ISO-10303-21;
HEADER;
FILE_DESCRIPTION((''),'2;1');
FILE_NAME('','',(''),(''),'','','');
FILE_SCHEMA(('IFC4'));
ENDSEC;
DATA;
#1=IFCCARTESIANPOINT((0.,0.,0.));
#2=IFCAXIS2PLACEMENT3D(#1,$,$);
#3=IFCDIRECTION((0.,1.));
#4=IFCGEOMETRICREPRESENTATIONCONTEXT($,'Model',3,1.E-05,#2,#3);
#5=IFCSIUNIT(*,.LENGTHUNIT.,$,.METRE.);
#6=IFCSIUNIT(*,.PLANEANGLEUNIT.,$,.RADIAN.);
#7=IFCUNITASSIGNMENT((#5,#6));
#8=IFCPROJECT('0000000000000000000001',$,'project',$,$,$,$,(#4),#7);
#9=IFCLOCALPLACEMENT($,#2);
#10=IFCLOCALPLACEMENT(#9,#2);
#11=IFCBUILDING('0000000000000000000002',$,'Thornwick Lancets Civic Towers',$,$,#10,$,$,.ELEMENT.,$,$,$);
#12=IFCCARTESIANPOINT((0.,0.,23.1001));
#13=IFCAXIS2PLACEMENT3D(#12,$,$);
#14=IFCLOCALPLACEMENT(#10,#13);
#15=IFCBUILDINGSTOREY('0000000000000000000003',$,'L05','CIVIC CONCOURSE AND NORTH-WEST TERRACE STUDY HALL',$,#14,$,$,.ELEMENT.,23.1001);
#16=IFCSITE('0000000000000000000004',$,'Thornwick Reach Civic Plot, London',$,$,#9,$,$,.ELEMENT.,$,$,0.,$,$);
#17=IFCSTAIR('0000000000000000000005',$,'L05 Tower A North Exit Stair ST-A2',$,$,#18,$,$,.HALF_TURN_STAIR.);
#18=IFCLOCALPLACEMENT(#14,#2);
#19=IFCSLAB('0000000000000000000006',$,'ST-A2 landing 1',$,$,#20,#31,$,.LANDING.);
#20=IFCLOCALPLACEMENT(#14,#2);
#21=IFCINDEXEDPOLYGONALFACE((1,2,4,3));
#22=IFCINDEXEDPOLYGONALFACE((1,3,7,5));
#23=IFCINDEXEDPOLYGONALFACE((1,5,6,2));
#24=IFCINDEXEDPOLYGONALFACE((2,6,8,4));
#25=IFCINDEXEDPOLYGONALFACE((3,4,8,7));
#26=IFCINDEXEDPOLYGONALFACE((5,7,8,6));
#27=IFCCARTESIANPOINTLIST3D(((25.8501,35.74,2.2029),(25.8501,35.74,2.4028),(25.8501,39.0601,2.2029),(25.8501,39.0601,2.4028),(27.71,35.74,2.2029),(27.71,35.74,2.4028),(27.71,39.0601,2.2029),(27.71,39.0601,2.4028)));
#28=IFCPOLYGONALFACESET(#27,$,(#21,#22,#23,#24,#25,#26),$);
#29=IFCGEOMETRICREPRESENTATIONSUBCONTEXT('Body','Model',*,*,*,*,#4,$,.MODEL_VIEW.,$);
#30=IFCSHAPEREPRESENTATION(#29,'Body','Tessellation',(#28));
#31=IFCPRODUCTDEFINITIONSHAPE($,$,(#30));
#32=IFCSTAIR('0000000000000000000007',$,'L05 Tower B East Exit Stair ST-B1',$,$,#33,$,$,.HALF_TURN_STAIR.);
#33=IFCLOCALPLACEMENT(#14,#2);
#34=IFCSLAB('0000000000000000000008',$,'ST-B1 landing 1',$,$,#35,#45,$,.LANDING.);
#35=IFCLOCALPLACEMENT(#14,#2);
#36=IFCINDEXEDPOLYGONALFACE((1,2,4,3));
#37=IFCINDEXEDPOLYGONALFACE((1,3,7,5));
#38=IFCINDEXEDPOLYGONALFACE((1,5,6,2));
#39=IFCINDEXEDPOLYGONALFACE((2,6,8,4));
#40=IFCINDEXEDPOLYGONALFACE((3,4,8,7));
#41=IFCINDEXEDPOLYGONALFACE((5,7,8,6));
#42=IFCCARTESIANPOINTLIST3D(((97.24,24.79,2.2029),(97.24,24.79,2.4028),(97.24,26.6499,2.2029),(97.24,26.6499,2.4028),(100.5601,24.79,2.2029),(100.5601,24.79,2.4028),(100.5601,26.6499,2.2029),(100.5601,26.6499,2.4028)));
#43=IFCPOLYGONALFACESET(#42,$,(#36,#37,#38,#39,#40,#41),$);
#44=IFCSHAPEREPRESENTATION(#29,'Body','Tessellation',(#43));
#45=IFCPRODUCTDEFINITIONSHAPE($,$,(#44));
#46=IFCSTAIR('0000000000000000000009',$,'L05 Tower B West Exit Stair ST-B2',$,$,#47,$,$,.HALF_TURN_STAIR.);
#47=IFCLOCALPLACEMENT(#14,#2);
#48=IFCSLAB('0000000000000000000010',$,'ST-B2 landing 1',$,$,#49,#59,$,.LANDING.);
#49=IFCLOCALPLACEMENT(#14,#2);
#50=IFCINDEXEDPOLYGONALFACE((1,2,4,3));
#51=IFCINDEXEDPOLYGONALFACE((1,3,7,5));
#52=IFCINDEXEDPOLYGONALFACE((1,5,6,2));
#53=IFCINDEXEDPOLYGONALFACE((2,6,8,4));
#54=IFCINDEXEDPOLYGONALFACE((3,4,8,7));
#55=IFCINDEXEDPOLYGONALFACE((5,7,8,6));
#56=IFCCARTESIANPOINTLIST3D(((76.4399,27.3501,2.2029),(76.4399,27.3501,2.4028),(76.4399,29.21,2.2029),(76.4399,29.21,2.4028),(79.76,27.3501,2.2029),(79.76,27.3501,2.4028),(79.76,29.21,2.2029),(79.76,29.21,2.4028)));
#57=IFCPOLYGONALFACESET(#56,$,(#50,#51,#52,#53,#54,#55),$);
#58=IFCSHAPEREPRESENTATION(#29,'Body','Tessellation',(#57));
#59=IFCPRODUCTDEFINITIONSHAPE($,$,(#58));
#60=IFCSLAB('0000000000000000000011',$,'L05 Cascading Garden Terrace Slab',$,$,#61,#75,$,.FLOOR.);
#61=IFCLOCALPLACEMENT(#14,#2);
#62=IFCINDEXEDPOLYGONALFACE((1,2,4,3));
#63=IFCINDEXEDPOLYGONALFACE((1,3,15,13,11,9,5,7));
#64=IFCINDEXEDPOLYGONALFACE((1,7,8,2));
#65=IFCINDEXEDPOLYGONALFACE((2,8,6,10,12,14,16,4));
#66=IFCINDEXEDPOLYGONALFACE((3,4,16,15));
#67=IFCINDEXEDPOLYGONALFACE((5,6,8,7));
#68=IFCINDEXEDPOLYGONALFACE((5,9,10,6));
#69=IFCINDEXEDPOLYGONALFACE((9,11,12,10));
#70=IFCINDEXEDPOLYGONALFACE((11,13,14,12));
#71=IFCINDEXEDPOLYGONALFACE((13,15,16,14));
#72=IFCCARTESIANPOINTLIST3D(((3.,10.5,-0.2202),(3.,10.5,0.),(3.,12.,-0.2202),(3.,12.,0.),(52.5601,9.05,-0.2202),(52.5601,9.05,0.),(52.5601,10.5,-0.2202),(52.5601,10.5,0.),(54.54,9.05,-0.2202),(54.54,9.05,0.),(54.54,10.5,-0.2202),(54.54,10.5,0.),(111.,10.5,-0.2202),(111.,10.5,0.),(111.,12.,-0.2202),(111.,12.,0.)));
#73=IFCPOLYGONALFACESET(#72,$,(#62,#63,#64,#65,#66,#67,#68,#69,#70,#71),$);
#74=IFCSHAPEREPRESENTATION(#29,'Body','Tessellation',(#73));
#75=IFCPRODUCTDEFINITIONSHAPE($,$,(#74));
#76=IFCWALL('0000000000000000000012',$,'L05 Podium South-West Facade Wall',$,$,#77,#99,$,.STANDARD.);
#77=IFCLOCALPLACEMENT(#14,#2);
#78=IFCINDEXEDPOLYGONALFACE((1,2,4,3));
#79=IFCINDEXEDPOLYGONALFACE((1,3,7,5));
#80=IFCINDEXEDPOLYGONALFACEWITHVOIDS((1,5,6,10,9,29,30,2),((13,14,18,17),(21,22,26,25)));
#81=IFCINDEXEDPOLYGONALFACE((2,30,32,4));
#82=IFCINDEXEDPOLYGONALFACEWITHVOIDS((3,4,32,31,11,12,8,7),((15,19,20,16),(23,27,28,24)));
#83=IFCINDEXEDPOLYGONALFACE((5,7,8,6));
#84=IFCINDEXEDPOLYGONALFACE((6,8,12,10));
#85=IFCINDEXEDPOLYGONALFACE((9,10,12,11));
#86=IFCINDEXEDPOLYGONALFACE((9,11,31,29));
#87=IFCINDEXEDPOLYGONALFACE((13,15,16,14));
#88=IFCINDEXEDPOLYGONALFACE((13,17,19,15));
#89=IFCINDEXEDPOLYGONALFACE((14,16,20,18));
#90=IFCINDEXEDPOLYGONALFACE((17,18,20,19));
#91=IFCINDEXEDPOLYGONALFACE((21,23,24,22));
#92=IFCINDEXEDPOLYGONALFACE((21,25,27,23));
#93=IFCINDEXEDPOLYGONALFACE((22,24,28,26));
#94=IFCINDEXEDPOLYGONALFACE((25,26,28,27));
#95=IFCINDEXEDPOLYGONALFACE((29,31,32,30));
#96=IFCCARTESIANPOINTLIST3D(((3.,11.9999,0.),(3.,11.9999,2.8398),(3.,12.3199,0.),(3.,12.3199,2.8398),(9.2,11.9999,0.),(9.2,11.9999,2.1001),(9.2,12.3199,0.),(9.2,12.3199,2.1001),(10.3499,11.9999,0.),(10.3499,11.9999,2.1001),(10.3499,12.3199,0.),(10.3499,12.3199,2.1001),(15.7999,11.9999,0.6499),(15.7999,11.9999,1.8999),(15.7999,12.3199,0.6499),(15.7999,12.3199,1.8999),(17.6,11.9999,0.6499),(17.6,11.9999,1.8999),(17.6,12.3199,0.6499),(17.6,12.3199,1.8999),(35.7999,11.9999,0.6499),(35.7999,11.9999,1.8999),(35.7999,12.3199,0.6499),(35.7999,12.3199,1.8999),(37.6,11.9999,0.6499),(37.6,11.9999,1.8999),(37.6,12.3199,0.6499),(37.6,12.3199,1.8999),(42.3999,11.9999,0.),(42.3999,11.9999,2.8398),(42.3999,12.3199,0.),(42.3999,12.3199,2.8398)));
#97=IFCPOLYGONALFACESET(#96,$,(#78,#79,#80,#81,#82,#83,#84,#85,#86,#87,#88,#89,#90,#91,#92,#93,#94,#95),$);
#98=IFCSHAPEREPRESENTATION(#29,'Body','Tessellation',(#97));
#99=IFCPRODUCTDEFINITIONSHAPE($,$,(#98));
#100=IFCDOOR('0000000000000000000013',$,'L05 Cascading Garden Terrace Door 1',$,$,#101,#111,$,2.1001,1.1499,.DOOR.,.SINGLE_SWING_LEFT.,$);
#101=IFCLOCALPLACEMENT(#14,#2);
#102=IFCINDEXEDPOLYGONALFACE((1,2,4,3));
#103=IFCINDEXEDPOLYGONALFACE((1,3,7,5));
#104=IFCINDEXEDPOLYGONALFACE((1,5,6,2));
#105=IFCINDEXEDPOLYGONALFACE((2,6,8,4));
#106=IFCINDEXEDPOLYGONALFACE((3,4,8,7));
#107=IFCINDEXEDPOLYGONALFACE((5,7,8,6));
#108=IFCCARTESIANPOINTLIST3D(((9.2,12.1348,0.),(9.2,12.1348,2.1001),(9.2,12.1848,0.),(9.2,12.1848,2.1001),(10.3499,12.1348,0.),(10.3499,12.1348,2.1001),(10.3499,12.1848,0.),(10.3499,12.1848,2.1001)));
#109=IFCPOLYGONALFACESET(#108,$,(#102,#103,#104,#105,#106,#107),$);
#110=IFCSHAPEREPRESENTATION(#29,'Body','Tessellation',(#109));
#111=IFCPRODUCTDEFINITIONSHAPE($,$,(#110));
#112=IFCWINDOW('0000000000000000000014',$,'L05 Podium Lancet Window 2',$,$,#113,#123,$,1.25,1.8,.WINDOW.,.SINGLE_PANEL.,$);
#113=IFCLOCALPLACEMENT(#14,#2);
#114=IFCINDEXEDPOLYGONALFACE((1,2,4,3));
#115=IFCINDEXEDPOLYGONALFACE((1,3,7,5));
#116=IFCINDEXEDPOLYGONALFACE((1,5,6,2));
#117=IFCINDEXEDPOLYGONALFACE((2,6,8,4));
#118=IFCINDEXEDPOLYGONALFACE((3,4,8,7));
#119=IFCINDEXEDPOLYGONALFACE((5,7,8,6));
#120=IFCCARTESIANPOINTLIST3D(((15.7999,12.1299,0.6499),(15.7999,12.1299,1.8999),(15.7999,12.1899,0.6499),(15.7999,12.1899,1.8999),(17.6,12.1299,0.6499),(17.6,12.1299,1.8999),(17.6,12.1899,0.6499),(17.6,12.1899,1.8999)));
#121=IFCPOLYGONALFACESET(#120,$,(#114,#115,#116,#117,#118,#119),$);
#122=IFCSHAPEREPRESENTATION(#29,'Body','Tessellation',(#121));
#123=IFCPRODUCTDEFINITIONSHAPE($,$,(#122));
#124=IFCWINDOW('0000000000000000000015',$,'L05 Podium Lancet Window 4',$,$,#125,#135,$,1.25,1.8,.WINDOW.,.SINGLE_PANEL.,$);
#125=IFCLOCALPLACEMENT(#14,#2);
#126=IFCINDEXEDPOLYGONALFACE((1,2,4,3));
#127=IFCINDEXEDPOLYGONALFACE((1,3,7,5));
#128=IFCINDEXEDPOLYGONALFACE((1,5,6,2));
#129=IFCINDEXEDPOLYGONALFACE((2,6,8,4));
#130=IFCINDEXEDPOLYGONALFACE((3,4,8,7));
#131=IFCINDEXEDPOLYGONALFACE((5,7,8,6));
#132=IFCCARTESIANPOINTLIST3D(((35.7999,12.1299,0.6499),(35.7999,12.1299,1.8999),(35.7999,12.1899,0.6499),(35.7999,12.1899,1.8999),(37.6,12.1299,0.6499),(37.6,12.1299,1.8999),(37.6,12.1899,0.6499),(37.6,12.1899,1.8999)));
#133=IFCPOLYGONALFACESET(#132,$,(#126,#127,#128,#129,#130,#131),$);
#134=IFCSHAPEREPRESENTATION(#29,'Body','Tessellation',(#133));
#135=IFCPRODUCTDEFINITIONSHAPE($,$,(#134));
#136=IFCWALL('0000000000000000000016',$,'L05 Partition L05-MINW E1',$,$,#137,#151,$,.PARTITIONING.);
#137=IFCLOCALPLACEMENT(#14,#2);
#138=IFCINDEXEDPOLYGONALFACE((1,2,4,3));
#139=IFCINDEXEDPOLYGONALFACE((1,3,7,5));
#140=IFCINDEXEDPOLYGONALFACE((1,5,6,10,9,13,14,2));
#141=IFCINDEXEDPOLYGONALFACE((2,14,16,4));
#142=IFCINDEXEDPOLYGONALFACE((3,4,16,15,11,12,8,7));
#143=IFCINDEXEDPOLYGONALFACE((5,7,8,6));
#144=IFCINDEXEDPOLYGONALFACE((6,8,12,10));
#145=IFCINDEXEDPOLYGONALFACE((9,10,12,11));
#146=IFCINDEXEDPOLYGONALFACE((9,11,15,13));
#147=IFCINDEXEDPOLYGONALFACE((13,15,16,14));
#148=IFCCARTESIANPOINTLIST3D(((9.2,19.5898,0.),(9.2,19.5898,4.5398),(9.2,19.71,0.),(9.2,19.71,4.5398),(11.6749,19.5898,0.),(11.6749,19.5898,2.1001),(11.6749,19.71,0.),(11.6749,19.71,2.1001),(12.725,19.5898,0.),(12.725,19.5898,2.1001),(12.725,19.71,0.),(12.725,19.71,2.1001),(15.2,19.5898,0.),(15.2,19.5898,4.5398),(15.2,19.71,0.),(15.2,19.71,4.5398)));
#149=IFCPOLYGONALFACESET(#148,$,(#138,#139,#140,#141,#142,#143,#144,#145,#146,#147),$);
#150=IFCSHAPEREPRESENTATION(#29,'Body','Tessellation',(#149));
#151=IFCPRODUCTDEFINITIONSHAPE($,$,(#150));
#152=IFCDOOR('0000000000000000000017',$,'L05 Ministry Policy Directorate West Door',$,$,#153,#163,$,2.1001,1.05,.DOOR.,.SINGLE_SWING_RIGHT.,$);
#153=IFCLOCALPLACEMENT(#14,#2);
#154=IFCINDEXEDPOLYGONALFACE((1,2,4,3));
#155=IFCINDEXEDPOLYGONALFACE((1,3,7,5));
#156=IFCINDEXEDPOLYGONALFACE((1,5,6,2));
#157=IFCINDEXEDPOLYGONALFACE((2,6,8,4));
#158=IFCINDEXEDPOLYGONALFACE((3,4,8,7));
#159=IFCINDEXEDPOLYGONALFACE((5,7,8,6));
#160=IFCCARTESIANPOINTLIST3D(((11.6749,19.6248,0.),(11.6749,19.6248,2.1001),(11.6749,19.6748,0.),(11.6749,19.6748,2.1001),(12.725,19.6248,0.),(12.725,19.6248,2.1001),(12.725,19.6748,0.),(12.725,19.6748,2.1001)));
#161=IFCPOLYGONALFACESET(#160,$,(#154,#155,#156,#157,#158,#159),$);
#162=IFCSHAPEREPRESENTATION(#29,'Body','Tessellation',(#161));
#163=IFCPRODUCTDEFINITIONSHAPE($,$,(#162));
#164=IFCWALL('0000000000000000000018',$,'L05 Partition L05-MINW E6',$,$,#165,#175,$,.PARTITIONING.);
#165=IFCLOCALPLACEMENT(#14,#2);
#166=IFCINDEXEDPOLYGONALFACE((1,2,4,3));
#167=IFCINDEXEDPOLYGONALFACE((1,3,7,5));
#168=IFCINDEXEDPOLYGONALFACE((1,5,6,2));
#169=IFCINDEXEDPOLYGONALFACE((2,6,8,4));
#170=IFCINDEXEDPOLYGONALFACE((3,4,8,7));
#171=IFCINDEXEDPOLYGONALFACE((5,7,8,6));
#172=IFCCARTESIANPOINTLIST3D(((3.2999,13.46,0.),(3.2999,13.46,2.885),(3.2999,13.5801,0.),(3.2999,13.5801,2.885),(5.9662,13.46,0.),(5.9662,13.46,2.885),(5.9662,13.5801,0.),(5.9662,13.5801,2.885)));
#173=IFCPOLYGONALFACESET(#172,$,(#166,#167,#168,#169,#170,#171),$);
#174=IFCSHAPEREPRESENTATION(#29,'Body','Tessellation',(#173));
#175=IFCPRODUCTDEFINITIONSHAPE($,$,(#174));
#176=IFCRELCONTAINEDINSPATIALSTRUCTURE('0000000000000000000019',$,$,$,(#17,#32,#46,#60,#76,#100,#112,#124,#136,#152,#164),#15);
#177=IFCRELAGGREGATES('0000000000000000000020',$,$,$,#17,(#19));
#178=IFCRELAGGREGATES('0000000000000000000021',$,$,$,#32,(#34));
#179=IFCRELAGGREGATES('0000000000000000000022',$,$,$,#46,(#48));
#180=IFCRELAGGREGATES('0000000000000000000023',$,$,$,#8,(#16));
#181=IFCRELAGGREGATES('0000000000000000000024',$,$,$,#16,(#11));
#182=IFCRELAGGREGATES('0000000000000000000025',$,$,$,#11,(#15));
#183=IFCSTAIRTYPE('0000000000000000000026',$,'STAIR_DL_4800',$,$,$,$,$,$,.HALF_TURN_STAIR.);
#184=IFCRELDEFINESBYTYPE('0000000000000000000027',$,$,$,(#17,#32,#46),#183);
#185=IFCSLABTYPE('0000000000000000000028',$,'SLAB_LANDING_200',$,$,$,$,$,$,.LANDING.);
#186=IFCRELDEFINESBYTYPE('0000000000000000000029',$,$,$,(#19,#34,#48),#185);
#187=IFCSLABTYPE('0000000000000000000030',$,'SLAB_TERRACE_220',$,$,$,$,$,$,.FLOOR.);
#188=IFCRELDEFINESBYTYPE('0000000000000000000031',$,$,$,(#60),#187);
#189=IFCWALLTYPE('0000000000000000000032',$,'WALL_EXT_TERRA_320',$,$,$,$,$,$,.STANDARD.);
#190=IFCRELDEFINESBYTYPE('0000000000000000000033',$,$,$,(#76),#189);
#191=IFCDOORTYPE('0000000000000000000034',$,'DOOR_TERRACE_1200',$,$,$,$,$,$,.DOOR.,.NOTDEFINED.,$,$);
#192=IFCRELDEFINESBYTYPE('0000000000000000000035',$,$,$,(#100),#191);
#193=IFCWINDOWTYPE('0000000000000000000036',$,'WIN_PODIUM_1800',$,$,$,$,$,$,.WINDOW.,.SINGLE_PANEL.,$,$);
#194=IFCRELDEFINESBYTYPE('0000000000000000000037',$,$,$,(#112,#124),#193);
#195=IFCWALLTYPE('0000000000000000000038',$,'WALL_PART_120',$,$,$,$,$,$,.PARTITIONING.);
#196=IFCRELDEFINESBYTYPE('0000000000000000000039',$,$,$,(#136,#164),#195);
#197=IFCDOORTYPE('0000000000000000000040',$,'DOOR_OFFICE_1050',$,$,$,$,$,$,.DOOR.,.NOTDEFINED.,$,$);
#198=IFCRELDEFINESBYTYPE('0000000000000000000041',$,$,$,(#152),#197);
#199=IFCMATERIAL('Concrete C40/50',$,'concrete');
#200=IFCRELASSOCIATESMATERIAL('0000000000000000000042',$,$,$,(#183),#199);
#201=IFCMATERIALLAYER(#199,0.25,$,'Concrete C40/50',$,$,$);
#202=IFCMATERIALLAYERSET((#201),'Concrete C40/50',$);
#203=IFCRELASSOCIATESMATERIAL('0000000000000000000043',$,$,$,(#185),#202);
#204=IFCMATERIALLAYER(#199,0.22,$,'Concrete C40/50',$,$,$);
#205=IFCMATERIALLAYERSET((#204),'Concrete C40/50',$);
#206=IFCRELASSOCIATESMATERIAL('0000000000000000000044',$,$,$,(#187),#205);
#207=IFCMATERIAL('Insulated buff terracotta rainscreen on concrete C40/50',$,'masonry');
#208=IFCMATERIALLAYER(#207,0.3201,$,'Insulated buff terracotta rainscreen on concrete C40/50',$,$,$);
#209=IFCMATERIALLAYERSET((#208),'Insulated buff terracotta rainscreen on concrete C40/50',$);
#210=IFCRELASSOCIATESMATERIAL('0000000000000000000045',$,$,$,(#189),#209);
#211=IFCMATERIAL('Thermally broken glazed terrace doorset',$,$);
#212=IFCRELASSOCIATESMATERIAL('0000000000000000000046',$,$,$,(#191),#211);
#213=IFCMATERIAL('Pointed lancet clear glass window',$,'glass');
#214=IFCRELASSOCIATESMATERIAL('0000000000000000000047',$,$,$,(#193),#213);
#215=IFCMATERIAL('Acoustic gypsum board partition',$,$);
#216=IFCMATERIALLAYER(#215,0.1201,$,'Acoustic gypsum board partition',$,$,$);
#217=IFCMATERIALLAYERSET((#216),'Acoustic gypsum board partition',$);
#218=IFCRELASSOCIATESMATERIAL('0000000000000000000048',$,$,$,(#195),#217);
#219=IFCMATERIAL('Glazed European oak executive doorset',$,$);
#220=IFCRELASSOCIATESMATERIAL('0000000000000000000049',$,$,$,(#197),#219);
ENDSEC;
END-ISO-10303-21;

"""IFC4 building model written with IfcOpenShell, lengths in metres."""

from ifc_helpers import new_model, si_unit, direction, frame, frame_2d, origin, place, context, subcontext, project, spatial, polyline, rectangle, outline, extrude, material, layer, layer_set, type_object, element, fill, aggregate, save


model = new_model("IFC4")

# Units and contexts
model_context = context("Model", 3, precision=1e-05, world=origin(), true_north=direction((0.0, 1.0)))
body_context = subcontext(model_context, "Body", "Model", "MODEL_VIEW")
ifc_project = project(units=[si_unit("LENGTHUNIT", "METRE"), si_unit("PLANEANGLEUNIT", "RADIAN")], contexts=[model_context])

# Site, building, storey
site_placement = place(None, origin())
site = spatial("IfcSite", under=ifc_project, at=site_placement, Name="Thornwick Reach Civic Plot, London", CompositionType="ELEMENT", RefElevation=0.0)
building_placement = place(site_placement, origin())
building = spatial("IfcBuilding", under=site, at=building_placement, Name="Thornwick Lancets Civic Towers", CompositionType="ELEMENT")
storey_placement = place(building_placement, frame((0.0, 0.0, 23.1001)))
storey = spatial("IfcBuildingStorey", under=building, at=storey_placement, Name="L05", Description="CIVIC CONCOURSE AND NORTH-WEST TERRACE STUDY HALL", CompositionType="ELEMENT", Elevation=23.1001)

# Shared definitions
ifc_material_1 = material(Name="Concrete C40/50", Category="concrete")

# Stairs, slabs
stair_type = type_object("IfcStairType", Name="STAIR_DL_4800", PredefinedType="HALF_TURN_STAIR", material=ifc_material_1)
ifc_layer_1 = layer(ifc_material_1, 0.25, Name="Concrete C40/50")
ifc_layer_set_1 = layer_set([ifc_layer_1], Name="Concrete C40/50")
slab_type_1 = type_object("IfcSlabType", Name="SLAB_LANDING_200", PredefinedType="LANDING", material=ifc_layer_set_1)
stair_1_placement = place(storey_placement, origin())
stair_1 = element("IfcStair", 1, at=stair_1_placement, inside=storey, type_object=stair_type, Name="L05 Tower A North Exit Stair ST-A2", PredefinedType="HALF_TURN_STAIR")
slab_1_placement = place(storey_placement, frame((0.0, 0.0, 2.2029)))
slab_1 = element("IfcSlab", 2, at=slab_1_placement, type_object=slab_type_1, Name="ST-A2 landing 1", PredefinedType="LANDING", context=body_context, shape_type="SweptSolid", body=[
    extrude(outline(polyline([(27.71, 39.0601), (25.8501, 39.0601), (25.8501, 35.74), (27.71, 35.74), (27.71, 39.0601)])), origin(), (0.0, 0.0, 1.0), 0.2),
])
aggregate(stair_1, [slab_1])
stair_2_placement = place(storey_placement, origin())
stair_2 = element("IfcStair", 3, at=stair_2_placement, inside=storey, type_object=stair_type, Name="L05 Tower B East Exit Stair ST-B1", PredefinedType="HALF_TURN_STAIR")
slab_2_placement = place(storey_placement, frame((0.0, 0.0, 2.2029)))
slab_2 = element("IfcSlab", 4, at=slab_2_placement, type_object=slab_type_1, Name="ST-B1 landing 1", PredefinedType="LANDING", context=body_context, shape_type="SweptSolid", body=[
    extrude(outline(polyline([(100.5601, 24.79), (100.5601, 26.6499), (97.24, 26.6499), (97.24, 24.79), (100.5601, 24.79)])), origin(), (0.0, 0.0, 1.0), 0.2),
])
aggregate(stair_2, [slab_2])
stair_3_placement = place(storey_placement, origin())
stair_3 = element("IfcStair", 5, at=stair_3_placement, inside=storey, type_object=stair_type, Name="L05 Tower B West Exit Stair ST-B2", PredefinedType="HALF_TURN_STAIR")
slab_3_placement = place(storey_placement, frame((0.0, 0.0, 2.2029)))
slab_3 = element("IfcSlab", 6, at=slab_3_placement, type_object=slab_type_1, Name="ST-B2 landing 1", PredefinedType="LANDING", context=body_context, shape_type="SweptSolid", body=[
    extrude(outline(polyline([(76.4399, 29.21), (76.4399, 27.3501), (79.76, 27.3501), (79.76, 29.21), (76.4399, 29.21)])), origin(), (0.0, 0.0, 1.0), 0.2),
])
aggregate(stair_3, [slab_3])

# Slab
ifc_layer_2 = layer(ifc_material_1, 0.22, Name="Concrete C40/50")
ifc_layer_set_2 = layer_set([ifc_layer_2], Name="Concrete C40/50")
slab_type_2 = type_object("IfcSlabType", Name="SLAB_TERRACE_220", PredefinedType="FLOOR", material=ifc_layer_set_2)
slab_4_placement = place(storey_placement, frame((0.0, 0.0, -0.2202)))
element("IfcSlab", 7, at=slab_4_placement, inside=storey, type_object=slab_type_2, Name="L05 Cascading Garden Terrace Slab", PredefinedType="FLOOR", context=body_context, shape_type="SweptSolid", body=[
    extrude(outline(polyline([(3.0, 10.5), (3.0, 12.0), (111.0, 12.0), (111.0, 10.5), (54.54, 10.5), (54.54, 9.05), (52.5601, 9.05), (52.5601, 10.5), (3.0, 10.5)])), origin(), (0.0, 0.0, 1.0), 0.2202),
])

# Wall, openings, door, windows
ifc_material_2 = material(Name="Insulated buff terracotta rainscreen on concrete C40/50", Category="masonry")
ifc_layer_3 = layer(ifc_material_2, 0.3201, Name="Insulated buff terracotta rainscreen on concrete C40/50")
ifc_layer_set_3 = layer_set([ifc_layer_3], Name="Insulated buff terracotta rainscreen on concrete C40/50")
wall_type_1 = type_object("IfcWallType", Name="WALL_EXT_TERRA_320", PredefinedType="STANDARD", material=ifc_layer_set_3)
wall_1_placement = place(storey_placement, frame((3.0, 12.1599, 0.0), z_axis=(0.0, 0.0, 1.0), x_axis=(1.0, 0.0, 0.0)))
wall_1 = element("IfcWall", 8, at=wall_1_placement, inside=storey, type_object=wall_type_1, Name="L05 Podium South-West Facade Wall", PredefinedType="STANDARD", context=body_context, shape_type="SweptSolid", body=[
    extrude(rectangle(XDim=39.3999, YDim=0.3201, at=frame_2d((19.7, 0.0))), origin(), (0.0, 0.0, 1.0), 2.8398),
])
opening_1_placement = place(wall_1_placement, frame((6.2, 0.0, 0.0)))
opening_1 = element("IfcOpeningElement", 9, at=opening_1_placement, cuts=wall_1, PredefinedType="OPENING", context=body_context, shape_type="SweptSolid", body=[
    extrude(rectangle(XDim=1.1499, YDim=2.1001, at=frame_2d((0.575, 1.05))), frame((0.0, 0.1699, 0.0), z_axis=(0.0, -1.0, 0.0), x_axis=(1.0, 0.0, 0.0)), (0.0, 0.0, 1.0), 0.3401),
])
opening_2_placement = place(wall_1_placement, frame((12.8, 0.0, 0.6499)))
opening_2 = element("IfcOpeningElement", 10, at=opening_2_placement, cuts=wall_1, PredefinedType="OPENING", context=body_context, shape_type="SweptSolid", body=[
    extrude(rectangle(XDim=1.8, YDim=1.25, at=frame_2d((0.8999, 0.625))), frame((0.0, 0.1699, 0.0), z_axis=(0.0, -1.0, 0.0), x_axis=(1.0, 0.0, 0.0)), (0.0, 0.0, 1.0), 0.3401),
])
opening_3_placement = place(wall_1_placement, frame((32.8, 0.0, 0.6499)))
opening_3 = element("IfcOpeningElement", 11, at=opening_3_placement, cuts=wall_1, PredefinedType="OPENING", context=body_context, shape_type="SweptSolid", body=[
    extrude(rectangle(XDim=1.8, YDim=1.25, at=frame_2d((0.8999, 0.625))), frame((0.0, 0.1699, 0.0), z_axis=(0.0, -1.0, 0.0), x_axis=(1.0, 0.0, 0.0)), (0.0, 0.0, 1.0), 0.3401),
])
ifc_material_3 = material(Name="Thermally broken glazed terrace doorset")
door_type_1 = type_object("IfcDoorType", Name="DOOR_TERRACE_1200", OperationType="NOTDEFINED", PredefinedType="DOOR", material=ifc_material_3)
door_1_placement = place(opening_1_placement, origin())
door_1 = element("IfcDoor", 12, at=door_1_placement, inside=storey, type_object=door_type_1, Name="L05 Cascading Garden Terrace Door 1", OperationType="SINGLE_SWING_LEFT", OverallHeight=2.1001, OverallWidth=1.1499, PredefinedType="DOOR", context=body_context, shape_type="SweptSolid", body=[
    extrude(rectangle(XDim=1.1499, YDim=2.1001, at=frame_2d((0.575, 1.05))), frame((0.0, 0.0249, 0.0), z_axis=(0.0, -1.0, 0.0), x_axis=(1.0, 0.0, 0.0)), (0.0, 0.0, 1.0), 0.05),
])
fill(opening_1, door_1)
ifc_material_4 = material(Name="Pointed lancet clear glass window", Category="glass")
window_type = type_object("IfcWindowType", Name="WIN_PODIUM_1800", PartitioningType="SINGLE_PANEL", PredefinedType="WINDOW", material=ifc_material_4)
window_1_placement = place(opening_2_placement, origin())
window_1 = element("IfcWindow", 13, at=window_1_placement, inside=storey, type_object=window_type, Name="L05 Podium Lancet Window 2", OverallHeight=1.25, OverallWidth=1.8, PartitioningType="SINGLE_PANEL", PredefinedType="WINDOW", context=body_context, shape_type="SweptSolid", body=[
    extrude(rectangle(XDim=1.8, YDim=1.25, at=frame_2d((0.8999, 0.625))), frame((0.0, 0.03, 0.0), z_axis=(0.0, -1.0, 0.0), x_axis=(1.0, 0.0, 0.0)), (0.0, 0.0, 1.0), 0.0601),
])
fill(opening_2, window_1)
window_2_placement = place(opening_3_placement, origin())
window_2 = element("IfcWindow", 14, at=window_2_placement, inside=storey, type_object=window_type, Name="L05 Podium Lancet Window 4", OverallHeight=1.25, OverallWidth=1.8, PartitioningType="SINGLE_PANEL", PredefinedType="WINDOW", context=body_context, shape_type="SweptSolid", body=[
    extrude(rectangle(XDim=1.8, YDim=1.25, at=frame_2d((0.8999, 0.625))), frame((0.0, 0.03, 0.0), z_axis=(0.0, -1.0, 0.0), x_axis=(1.0, 0.0, 0.0)), (0.0, 0.0, 1.0), 0.0601),
])
fill(opening_3, window_2)

# Wall, opening, door
ifc_material_5 = material(Name="Acoustic gypsum board partition")
ifc_layer_4 = layer(ifc_material_5, 0.1201, Name="Acoustic gypsum board partition")
ifc_layer_set_4 = layer_set([ifc_layer_4], Name="Acoustic gypsum board partition")
wall_type_2 = type_object("IfcWallType", Name="WALL_PART_120", PredefinedType="PARTITIONING", material=ifc_layer_set_4)
wall_2_placement = place(storey_placement, frame((9.2, 19.6499, 0.0), z_axis=(0.0, 0.0, 1.0), x_axis=(1.0, 0.0, 0.0)))
wall_2 = element("IfcWall", 15, at=wall_2_placement, inside=storey, type_object=wall_type_2, Name="L05 Partition L05-MINW E1", PredefinedType="PARTITIONING", context=body_context, shape_type="SweptSolid", body=[
    extrude(rectangle(XDim=6.0, YDim=0.1201, at=frame_2d((3.0, 0.0))), origin(), (0.0, 0.0, 1.0), 4.5398),
])
opening_4_placement = place(wall_2_placement, frame((2.4751, 0.0, 0.0)))
opening_4 = element("IfcOpeningElement", 16, at=opening_4_placement, cuts=wall_2, PredefinedType="OPENING", context=body_context, shape_type="SweptSolid", body=[
    extrude(rectangle(XDim=1.05, YDim=2.1001, at=frame_2d((0.5249, 1.05))), frame((0.0, 0.0701, 0.0), z_axis=(0.0, -1.0, 0.0), x_axis=(1.0, 0.0, 0.0)), (0.0, 0.0, 1.0), 0.1401),
])
ifc_material_6 = material(Name="Glazed European oak executive doorset")
door_type_2 = type_object("IfcDoorType", Name="DOOR_OFFICE_1050", OperationType="NOTDEFINED", PredefinedType="DOOR", material=ifc_material_6)
door_2_placement = place(opening_4_placement, origin())
door_2 = element("IfcDoor", 17, at=door_2_placement, inside=storey, type_object=door_type_2, Name="L05 Ministry Policy Directorate West Door", OperationType="SINGLE_SWING_RIGHT", OverallHeight=2.1001, OverallWidth=1.05, PredefinedType="DOOR", context=body_context, shape_type="SweptSolid", body=[
    extrude(rectangle(XDim=1.05, YDim=2.1001, at=frame_2d((0.5249, 1.05))), frame((0.0, 0.0249, 0.0), z_axis=(0.0, -1.0, 0.0), x_axis=(1.0, 0.0, 0.0)), (0.0, 0.0, 1.0), 0.05),
])
fill(opening_4, door_2)

# Wall
for number, where, z_axis, x_axis, name in (
    (18, (3.3, 13.52, 0.0), (0.0, 0.0, 1.0), (1.0, 0.0, 0.0), "L05 Partition L05-MINW E6"),
):
    element("IfcWall", number, at=place(storey_placement, frame(where, z_axis=z_axis, x_axis=x_axis)), inside=storey, type_object=wall_type_2, Name=name, PredefinedType="PARTITIONING", context=body_context, shape_type="SweptSolid", body=[
        extrude(rectangle(XDim=2.6663, YDim=0.1201, at=frame_2d((1.333, 0.0))), origin(), (0.0, 0.0, 1.0), 2.885),
    ])

save(model, "model.ifc")
